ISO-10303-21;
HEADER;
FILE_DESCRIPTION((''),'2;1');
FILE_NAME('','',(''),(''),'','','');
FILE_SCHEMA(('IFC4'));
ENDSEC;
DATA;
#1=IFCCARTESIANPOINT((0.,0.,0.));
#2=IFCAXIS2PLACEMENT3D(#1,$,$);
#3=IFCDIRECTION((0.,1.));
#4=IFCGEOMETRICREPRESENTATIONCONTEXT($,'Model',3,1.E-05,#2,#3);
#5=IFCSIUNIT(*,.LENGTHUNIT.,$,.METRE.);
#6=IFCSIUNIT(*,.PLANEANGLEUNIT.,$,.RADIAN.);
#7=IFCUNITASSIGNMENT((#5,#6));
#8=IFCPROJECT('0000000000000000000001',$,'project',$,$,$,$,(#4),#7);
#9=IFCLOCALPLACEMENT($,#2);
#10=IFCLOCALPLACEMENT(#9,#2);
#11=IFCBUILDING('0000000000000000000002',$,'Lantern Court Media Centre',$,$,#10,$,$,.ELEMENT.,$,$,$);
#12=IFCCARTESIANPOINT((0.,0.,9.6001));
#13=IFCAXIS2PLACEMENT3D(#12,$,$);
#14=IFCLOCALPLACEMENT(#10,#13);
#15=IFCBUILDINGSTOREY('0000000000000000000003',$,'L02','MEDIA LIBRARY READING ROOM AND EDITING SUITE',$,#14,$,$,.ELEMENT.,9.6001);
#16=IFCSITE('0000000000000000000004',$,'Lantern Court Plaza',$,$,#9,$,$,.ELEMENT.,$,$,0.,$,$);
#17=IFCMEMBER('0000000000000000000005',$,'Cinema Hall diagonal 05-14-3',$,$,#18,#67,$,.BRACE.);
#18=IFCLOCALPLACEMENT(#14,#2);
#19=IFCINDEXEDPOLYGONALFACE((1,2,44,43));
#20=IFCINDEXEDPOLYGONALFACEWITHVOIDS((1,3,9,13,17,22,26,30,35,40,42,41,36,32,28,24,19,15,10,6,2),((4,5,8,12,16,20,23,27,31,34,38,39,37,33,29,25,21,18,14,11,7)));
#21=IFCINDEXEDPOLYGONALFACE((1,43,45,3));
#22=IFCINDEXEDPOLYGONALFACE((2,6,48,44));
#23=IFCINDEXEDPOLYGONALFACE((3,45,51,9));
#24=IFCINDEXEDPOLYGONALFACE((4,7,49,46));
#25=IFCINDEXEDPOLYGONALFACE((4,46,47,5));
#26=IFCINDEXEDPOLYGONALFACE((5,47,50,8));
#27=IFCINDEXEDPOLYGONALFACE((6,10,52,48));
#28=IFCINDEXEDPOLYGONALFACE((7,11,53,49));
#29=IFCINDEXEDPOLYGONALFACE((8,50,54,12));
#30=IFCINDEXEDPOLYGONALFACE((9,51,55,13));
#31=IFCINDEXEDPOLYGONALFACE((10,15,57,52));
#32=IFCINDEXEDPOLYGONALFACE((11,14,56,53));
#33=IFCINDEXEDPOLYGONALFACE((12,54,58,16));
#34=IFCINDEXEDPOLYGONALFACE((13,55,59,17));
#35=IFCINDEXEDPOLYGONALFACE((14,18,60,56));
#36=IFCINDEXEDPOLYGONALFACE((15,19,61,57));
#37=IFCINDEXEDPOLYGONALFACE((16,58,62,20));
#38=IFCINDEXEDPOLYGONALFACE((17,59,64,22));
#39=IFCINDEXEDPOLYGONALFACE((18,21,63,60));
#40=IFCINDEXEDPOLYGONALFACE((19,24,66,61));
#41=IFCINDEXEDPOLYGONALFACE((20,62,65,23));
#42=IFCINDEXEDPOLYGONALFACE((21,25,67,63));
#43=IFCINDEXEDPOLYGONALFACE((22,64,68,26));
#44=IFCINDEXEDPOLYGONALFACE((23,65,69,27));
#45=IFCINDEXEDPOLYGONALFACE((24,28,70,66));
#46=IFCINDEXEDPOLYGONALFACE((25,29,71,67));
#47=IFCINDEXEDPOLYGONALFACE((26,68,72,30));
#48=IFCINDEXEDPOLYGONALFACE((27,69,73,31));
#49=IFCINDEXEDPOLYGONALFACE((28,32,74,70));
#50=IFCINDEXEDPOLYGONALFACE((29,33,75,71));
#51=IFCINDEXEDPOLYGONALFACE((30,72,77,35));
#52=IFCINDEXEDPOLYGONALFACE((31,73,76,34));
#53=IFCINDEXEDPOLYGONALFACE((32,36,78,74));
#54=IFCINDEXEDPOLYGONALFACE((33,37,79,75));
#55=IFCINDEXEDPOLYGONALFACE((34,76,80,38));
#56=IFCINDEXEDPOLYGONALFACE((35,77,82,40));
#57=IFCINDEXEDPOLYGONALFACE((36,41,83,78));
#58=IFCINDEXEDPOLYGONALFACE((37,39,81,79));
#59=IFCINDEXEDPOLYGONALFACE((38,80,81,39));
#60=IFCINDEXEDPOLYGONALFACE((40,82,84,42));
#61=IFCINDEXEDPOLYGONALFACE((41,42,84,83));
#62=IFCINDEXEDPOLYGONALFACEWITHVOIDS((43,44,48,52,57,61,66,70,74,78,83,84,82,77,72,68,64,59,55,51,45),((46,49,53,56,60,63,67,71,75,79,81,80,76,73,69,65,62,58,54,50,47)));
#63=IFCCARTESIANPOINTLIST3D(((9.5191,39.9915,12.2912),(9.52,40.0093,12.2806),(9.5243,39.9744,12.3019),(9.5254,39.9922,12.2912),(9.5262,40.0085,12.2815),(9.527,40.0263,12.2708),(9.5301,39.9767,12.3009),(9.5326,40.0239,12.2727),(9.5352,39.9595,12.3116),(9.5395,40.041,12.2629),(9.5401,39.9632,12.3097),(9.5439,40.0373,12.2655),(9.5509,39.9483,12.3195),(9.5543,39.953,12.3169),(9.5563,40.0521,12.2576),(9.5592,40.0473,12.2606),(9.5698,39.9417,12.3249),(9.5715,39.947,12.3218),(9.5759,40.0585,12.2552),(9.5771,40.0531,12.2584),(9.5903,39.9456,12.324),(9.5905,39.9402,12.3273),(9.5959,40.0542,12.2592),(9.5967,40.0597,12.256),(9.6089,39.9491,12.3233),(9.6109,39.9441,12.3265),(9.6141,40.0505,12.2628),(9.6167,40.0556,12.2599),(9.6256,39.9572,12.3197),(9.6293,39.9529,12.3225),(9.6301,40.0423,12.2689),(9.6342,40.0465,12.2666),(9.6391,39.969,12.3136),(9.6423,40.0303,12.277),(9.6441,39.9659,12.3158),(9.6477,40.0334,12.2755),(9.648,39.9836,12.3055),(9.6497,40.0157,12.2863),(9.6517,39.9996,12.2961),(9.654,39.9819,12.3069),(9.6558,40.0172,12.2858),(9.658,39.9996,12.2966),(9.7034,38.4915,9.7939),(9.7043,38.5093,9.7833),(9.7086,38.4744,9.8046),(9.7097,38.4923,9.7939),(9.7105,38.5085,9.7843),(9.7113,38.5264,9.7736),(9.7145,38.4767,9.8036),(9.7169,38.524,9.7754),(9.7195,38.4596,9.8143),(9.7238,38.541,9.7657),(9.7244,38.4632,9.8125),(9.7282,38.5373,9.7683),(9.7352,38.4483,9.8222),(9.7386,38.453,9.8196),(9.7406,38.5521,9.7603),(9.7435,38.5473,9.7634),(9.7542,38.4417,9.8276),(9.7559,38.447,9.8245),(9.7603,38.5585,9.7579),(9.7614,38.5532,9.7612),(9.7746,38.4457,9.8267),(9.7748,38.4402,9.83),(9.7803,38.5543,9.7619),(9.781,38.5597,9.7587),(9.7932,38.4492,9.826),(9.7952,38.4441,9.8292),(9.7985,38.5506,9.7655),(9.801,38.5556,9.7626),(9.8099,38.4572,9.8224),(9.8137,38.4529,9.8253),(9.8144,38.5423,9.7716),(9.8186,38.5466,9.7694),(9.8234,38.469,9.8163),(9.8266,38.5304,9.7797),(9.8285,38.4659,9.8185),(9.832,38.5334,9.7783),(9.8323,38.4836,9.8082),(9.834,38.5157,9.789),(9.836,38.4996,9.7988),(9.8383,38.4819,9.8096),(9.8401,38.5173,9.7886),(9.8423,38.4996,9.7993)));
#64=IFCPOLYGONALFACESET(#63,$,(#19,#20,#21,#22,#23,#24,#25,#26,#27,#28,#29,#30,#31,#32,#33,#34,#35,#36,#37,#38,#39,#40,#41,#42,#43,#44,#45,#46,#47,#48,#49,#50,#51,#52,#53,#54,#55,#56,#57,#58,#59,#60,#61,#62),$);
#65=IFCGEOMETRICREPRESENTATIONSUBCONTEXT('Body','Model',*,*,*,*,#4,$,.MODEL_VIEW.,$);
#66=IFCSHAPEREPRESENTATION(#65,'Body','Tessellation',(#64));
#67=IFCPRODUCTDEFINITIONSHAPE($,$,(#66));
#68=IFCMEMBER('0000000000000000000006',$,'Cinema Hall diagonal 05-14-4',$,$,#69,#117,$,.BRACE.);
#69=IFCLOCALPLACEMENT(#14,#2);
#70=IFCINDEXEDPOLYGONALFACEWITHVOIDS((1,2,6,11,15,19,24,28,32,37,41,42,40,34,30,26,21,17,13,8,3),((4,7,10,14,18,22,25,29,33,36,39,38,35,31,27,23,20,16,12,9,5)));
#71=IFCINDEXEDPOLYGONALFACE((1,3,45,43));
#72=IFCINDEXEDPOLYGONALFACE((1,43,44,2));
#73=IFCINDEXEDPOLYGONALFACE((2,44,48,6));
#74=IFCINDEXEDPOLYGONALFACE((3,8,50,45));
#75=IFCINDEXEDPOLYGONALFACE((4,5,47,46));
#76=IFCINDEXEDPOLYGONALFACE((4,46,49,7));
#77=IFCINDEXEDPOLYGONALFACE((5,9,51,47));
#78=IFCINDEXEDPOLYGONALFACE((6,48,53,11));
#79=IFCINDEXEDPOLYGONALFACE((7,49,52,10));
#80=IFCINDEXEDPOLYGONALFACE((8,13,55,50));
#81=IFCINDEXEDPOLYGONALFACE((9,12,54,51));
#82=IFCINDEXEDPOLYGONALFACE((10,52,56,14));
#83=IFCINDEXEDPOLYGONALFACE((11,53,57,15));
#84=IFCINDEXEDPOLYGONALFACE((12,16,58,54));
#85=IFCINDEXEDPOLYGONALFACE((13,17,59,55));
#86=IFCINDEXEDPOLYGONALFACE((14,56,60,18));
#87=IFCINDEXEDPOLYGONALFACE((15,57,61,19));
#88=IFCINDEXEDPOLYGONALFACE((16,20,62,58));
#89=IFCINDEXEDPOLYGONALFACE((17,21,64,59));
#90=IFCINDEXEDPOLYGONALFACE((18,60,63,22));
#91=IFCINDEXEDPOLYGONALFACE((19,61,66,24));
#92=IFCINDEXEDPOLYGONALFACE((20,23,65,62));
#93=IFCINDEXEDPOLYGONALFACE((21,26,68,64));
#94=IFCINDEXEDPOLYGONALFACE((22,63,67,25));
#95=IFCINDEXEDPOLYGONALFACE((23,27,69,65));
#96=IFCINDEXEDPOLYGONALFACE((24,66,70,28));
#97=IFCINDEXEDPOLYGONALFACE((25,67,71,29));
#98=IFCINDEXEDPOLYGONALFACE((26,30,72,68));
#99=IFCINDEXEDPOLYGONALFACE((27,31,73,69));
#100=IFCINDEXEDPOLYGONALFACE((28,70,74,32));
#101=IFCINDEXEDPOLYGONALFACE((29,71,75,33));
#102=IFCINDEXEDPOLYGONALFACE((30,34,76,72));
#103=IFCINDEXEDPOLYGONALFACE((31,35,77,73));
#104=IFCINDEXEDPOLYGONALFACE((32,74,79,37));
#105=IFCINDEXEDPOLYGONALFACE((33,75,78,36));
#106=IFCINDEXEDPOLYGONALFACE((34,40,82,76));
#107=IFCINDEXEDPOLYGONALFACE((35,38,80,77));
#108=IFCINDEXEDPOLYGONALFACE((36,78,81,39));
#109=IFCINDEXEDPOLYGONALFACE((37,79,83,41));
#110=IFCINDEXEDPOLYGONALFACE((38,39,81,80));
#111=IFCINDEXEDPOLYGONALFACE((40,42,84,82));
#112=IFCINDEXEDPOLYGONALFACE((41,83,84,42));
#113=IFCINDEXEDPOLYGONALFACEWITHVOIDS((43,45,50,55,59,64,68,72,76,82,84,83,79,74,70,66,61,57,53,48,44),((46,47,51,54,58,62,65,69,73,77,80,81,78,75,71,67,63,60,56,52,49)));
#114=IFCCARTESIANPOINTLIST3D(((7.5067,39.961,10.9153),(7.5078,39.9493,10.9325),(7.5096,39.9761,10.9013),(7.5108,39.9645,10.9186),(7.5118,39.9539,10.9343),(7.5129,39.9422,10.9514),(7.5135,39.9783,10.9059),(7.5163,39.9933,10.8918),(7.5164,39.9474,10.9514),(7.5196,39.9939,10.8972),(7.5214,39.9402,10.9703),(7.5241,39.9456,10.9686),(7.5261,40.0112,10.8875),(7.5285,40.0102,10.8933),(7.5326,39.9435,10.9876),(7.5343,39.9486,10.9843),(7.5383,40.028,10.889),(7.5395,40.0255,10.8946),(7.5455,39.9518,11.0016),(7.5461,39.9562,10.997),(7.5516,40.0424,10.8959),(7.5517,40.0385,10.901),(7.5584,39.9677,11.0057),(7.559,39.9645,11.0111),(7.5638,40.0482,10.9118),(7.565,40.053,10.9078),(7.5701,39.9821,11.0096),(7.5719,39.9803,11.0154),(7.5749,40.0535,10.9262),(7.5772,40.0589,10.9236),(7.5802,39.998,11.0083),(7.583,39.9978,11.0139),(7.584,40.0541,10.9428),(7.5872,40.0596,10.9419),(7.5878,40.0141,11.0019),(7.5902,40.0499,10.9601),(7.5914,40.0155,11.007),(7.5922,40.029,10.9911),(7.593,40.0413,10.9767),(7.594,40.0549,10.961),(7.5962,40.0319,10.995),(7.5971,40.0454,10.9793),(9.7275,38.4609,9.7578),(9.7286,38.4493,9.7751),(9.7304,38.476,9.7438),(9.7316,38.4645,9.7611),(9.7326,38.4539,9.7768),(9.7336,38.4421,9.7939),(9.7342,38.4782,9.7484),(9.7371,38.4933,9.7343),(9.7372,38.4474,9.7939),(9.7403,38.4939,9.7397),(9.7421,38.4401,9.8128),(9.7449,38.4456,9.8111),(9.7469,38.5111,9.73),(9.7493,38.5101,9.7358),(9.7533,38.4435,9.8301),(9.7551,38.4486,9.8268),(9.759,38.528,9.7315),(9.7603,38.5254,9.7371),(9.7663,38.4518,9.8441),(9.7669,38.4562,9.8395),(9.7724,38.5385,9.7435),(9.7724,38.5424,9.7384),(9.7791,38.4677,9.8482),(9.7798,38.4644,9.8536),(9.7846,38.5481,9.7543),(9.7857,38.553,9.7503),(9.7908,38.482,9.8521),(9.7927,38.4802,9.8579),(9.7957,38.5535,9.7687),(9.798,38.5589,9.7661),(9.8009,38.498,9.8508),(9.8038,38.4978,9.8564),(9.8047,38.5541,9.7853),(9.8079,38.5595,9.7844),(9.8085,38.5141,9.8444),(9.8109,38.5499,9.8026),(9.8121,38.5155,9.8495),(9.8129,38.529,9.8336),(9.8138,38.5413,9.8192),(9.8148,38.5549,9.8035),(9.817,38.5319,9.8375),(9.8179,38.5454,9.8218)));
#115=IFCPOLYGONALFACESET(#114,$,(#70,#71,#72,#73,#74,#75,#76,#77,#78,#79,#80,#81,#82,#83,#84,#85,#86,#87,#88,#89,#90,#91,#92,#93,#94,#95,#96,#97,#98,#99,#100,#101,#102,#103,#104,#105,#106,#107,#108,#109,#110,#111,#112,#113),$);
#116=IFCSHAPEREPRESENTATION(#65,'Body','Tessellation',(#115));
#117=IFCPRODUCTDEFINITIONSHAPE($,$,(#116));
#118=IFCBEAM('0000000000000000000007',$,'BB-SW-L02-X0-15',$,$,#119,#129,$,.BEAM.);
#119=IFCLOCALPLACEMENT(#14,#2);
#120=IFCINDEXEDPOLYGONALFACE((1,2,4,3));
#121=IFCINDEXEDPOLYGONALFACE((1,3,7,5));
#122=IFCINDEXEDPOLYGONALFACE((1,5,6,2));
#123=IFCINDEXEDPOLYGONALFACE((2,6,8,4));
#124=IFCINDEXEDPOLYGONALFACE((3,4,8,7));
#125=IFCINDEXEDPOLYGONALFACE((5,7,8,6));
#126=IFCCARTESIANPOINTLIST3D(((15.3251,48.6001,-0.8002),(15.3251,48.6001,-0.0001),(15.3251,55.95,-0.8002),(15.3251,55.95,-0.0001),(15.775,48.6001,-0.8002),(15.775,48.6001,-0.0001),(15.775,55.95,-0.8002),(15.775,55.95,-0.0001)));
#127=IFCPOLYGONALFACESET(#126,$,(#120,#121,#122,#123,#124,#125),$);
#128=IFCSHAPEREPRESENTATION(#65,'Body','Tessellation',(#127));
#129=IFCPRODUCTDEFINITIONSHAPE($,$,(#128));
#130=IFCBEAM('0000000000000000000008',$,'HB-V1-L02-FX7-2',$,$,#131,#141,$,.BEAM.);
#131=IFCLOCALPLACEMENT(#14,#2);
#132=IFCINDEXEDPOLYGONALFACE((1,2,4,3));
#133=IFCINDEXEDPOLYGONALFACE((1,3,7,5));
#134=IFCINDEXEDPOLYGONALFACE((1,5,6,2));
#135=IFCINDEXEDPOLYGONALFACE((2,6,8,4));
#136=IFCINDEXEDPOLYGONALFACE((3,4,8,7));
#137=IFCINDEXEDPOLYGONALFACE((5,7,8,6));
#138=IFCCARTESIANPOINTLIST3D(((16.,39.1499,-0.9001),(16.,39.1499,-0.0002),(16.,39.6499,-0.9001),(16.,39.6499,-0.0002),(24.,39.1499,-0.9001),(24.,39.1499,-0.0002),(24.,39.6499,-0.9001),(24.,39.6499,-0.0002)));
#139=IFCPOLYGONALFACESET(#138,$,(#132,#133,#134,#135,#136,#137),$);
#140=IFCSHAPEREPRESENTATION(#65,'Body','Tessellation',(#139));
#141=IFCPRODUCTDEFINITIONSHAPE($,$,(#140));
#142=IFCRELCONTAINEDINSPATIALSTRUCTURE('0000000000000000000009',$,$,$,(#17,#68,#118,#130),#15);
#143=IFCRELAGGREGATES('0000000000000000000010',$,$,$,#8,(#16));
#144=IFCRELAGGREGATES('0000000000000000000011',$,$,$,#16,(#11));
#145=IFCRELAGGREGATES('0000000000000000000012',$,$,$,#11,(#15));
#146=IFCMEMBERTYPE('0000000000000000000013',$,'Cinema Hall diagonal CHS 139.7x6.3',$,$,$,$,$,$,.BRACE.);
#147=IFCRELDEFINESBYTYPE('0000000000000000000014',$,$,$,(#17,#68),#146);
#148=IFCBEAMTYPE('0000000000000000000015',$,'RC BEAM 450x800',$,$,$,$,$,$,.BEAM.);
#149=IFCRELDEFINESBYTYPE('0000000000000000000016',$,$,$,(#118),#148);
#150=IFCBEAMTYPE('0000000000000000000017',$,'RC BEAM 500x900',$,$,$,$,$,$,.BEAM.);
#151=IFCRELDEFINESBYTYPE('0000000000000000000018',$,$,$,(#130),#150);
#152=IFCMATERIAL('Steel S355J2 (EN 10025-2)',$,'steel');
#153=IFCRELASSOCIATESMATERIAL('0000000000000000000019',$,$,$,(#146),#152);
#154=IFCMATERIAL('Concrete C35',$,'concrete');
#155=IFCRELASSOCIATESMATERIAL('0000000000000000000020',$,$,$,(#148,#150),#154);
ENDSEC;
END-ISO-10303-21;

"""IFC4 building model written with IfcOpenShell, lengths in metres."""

from ifc_helpers import new_model, si_unit, direction, frame, origin, origin_2d, place, context, subcontext, project, spatial, rectangle, hollow_circle, extrude, material, material_profile, profile_set, type_object, element, save


model = new_model("IFC4")

# Units and contexts
model_context = context("Model", 3, precision=1e-05, world=origin(), true_north=direction((0.0, 1.0)))
body_context = subcontext(model_context, "Body", "Model", "MODEL_VIEW")
ifc_project = project(units=[si_unit("LENGTHUNIT", "METRE"), si_unit("PLANEANGLEUNIT", "RADIAN")], contexts=[model_context])

# Site, building, storey
site_placement = place(None, origin())
site = spatial("IfcSite", under=ifc_project, at=site_placement, Name="Lantern Court Plaza", CompositionType="ELEMENT", RefElevation=0.0)
building_placement = place(site_placement, origin())
building = spatial("IfcBuilding", under=site, at=building_placement, Name="Lantern Court Media Centre", CompositionType="ELEMENT")
storey_placement = place(building_placement, frame((0.0, 0.0, 9.6001)))
storey = spatial("IfcBuildingStorey", under=building, at=storey_placement, Name="L02", Description="MEDIA LIBRARY READING ROOM AND EDITING SUITE", CompositionType="ELEMENT", Elevation=9.6001)

# Shared definitions
ifc_material_1 = material(Name="Concrete C35", Category="concrete")

# Members
ifc_material_2 = material(Name="Steel S355J2 (EN 10025-2)", Category="steel")
ifc_material_profile_1 = material_profile(ifc_material_2, hollow_circle(Radius=0.0698, WallThickness=0.0063, at=origin_2d()), Name="Cinema Hall diagonal CHS 139.7x6.3")
ifc_profile_set_1 = profile_set([ifc_material_profile_1], Name="Steel S355J2 (EN 10025-2)")
member_type_1 = type_object("IfcMemberType", Name="Cinema Hall diagonal CHS 139.7x6.3", PredefinedType="BRACE", material=ifc_profile_set_1)
for number, where, z_axis, x_axis, name in (
    (1, (9.7727, 38.5, 9.7939), (-0.063147, 0.513875, 0.855538), (-0.992534, -0.121967, 0.0), "Cinema Hall diagonal 05-14-3"),
):
    element("IfcMember", number, at=place(storey_placement, frame(where, z_axis=z_axis, x_axis=x_axis)), inside=storey, type_object=member_type_1, Name=name, PredefinedType="BRACE", context=body_context, shape_type="SweptSolid", body=[
        extrude(hollow_circle(Radius=0.0698, WallThickness=0.0063, at=origin_2d()), origin(), (0.0, 0.0, 1.0), 2.9189),
    ])
member_1_placement = place(storey_placement, frame((9.7727, 38.5, 9.7939), z_axis=(-0.760744, 0.513854, 0.396514), x_axis=(-0.559736, -0.828671, 0.0)))
element("IfcMember", 2, at=member_1_placement, inside=storey, type_object=member_type_1, Name="Cinema Hall diagonal 05-14-4", PredefinedType="BRACE", context=body_context, shape_type="SweptSolid", body=[
    extrude(hollow_circle(Radius=0.0698, WallThickness=0.0063, at=origin_2d()), origin(), (0.0, 0.0, 1.0), 2.9192),
])

# Beams
ifc_material_profile_2 = material_profile(ifc_material_1, rectangle(XDim=0.45, YDim=0.8, at=origin_2d()), Name="RC 450x800")
ifc_profile_set_2 = profile_set([ifc_material_profile_2], Name="Concrete C35")
beam_type_1 = type_object("IfcBeamType", Name="RC BEAM 450x800", PredefinedType="BEAM", material=ifc_profile_set_2)
beam_1_placement = place(storey_placement, frame((15.55, 48.6001, -0.4001), z_axis=(0.0, 1.0, 0.0), x_axis=(-1.0, 0.0, 0.0)))
element("IfcBeam", 3, at=beam_1_placement, inside=storey, type_object=beam_type_1, Name="BB-SW-L02-X0-15", PredefinedType="BEAM", context=body_context, shape_type="SweptSolid", body=[
    extrude(rectangle(XDim=0.45, YDim=0.8, at=origin_2d()), origin(), (0.0, 0.0, 1.0), 7.3499),
])
ifc_material_profile_3 = material_profile(ifc_material_1, rectangle(XDim=0.5, YDim=0.8999, at=origin_2d()), Name="RC 500x900")
ifc_profile_set_3 = profile_set([ifc_material_profile_3], Name="Concrete C35")
beam_type_2 = type_object("IfcBeamType", Name="RC BEAM 500x900", PredefinedType="BEAM", material=ifc_profile_set_3)
beam_2_placement = place(storey_placement, frame((16.0, 39.3999, -0.4502), z_axis=(1.0, 0.0, 0.0), x_axis=(0.0, 1.0, 0.0)))
element("IfcBeam", 4, at=beam_2_placement, inside=storey, type_object=beam_type_2, Name="HB-V1-L02-FX7-2", PredefinedType="BEAM", context=body_context, shape_type="SweptSolid", body=[
    extrude(rectangle(XDim=0.5, YDim=0.8999, at=origin_2d()), origin(), (0.0, 0.0, 1.0), 8.0),
])

save(model, "model.ifc")
